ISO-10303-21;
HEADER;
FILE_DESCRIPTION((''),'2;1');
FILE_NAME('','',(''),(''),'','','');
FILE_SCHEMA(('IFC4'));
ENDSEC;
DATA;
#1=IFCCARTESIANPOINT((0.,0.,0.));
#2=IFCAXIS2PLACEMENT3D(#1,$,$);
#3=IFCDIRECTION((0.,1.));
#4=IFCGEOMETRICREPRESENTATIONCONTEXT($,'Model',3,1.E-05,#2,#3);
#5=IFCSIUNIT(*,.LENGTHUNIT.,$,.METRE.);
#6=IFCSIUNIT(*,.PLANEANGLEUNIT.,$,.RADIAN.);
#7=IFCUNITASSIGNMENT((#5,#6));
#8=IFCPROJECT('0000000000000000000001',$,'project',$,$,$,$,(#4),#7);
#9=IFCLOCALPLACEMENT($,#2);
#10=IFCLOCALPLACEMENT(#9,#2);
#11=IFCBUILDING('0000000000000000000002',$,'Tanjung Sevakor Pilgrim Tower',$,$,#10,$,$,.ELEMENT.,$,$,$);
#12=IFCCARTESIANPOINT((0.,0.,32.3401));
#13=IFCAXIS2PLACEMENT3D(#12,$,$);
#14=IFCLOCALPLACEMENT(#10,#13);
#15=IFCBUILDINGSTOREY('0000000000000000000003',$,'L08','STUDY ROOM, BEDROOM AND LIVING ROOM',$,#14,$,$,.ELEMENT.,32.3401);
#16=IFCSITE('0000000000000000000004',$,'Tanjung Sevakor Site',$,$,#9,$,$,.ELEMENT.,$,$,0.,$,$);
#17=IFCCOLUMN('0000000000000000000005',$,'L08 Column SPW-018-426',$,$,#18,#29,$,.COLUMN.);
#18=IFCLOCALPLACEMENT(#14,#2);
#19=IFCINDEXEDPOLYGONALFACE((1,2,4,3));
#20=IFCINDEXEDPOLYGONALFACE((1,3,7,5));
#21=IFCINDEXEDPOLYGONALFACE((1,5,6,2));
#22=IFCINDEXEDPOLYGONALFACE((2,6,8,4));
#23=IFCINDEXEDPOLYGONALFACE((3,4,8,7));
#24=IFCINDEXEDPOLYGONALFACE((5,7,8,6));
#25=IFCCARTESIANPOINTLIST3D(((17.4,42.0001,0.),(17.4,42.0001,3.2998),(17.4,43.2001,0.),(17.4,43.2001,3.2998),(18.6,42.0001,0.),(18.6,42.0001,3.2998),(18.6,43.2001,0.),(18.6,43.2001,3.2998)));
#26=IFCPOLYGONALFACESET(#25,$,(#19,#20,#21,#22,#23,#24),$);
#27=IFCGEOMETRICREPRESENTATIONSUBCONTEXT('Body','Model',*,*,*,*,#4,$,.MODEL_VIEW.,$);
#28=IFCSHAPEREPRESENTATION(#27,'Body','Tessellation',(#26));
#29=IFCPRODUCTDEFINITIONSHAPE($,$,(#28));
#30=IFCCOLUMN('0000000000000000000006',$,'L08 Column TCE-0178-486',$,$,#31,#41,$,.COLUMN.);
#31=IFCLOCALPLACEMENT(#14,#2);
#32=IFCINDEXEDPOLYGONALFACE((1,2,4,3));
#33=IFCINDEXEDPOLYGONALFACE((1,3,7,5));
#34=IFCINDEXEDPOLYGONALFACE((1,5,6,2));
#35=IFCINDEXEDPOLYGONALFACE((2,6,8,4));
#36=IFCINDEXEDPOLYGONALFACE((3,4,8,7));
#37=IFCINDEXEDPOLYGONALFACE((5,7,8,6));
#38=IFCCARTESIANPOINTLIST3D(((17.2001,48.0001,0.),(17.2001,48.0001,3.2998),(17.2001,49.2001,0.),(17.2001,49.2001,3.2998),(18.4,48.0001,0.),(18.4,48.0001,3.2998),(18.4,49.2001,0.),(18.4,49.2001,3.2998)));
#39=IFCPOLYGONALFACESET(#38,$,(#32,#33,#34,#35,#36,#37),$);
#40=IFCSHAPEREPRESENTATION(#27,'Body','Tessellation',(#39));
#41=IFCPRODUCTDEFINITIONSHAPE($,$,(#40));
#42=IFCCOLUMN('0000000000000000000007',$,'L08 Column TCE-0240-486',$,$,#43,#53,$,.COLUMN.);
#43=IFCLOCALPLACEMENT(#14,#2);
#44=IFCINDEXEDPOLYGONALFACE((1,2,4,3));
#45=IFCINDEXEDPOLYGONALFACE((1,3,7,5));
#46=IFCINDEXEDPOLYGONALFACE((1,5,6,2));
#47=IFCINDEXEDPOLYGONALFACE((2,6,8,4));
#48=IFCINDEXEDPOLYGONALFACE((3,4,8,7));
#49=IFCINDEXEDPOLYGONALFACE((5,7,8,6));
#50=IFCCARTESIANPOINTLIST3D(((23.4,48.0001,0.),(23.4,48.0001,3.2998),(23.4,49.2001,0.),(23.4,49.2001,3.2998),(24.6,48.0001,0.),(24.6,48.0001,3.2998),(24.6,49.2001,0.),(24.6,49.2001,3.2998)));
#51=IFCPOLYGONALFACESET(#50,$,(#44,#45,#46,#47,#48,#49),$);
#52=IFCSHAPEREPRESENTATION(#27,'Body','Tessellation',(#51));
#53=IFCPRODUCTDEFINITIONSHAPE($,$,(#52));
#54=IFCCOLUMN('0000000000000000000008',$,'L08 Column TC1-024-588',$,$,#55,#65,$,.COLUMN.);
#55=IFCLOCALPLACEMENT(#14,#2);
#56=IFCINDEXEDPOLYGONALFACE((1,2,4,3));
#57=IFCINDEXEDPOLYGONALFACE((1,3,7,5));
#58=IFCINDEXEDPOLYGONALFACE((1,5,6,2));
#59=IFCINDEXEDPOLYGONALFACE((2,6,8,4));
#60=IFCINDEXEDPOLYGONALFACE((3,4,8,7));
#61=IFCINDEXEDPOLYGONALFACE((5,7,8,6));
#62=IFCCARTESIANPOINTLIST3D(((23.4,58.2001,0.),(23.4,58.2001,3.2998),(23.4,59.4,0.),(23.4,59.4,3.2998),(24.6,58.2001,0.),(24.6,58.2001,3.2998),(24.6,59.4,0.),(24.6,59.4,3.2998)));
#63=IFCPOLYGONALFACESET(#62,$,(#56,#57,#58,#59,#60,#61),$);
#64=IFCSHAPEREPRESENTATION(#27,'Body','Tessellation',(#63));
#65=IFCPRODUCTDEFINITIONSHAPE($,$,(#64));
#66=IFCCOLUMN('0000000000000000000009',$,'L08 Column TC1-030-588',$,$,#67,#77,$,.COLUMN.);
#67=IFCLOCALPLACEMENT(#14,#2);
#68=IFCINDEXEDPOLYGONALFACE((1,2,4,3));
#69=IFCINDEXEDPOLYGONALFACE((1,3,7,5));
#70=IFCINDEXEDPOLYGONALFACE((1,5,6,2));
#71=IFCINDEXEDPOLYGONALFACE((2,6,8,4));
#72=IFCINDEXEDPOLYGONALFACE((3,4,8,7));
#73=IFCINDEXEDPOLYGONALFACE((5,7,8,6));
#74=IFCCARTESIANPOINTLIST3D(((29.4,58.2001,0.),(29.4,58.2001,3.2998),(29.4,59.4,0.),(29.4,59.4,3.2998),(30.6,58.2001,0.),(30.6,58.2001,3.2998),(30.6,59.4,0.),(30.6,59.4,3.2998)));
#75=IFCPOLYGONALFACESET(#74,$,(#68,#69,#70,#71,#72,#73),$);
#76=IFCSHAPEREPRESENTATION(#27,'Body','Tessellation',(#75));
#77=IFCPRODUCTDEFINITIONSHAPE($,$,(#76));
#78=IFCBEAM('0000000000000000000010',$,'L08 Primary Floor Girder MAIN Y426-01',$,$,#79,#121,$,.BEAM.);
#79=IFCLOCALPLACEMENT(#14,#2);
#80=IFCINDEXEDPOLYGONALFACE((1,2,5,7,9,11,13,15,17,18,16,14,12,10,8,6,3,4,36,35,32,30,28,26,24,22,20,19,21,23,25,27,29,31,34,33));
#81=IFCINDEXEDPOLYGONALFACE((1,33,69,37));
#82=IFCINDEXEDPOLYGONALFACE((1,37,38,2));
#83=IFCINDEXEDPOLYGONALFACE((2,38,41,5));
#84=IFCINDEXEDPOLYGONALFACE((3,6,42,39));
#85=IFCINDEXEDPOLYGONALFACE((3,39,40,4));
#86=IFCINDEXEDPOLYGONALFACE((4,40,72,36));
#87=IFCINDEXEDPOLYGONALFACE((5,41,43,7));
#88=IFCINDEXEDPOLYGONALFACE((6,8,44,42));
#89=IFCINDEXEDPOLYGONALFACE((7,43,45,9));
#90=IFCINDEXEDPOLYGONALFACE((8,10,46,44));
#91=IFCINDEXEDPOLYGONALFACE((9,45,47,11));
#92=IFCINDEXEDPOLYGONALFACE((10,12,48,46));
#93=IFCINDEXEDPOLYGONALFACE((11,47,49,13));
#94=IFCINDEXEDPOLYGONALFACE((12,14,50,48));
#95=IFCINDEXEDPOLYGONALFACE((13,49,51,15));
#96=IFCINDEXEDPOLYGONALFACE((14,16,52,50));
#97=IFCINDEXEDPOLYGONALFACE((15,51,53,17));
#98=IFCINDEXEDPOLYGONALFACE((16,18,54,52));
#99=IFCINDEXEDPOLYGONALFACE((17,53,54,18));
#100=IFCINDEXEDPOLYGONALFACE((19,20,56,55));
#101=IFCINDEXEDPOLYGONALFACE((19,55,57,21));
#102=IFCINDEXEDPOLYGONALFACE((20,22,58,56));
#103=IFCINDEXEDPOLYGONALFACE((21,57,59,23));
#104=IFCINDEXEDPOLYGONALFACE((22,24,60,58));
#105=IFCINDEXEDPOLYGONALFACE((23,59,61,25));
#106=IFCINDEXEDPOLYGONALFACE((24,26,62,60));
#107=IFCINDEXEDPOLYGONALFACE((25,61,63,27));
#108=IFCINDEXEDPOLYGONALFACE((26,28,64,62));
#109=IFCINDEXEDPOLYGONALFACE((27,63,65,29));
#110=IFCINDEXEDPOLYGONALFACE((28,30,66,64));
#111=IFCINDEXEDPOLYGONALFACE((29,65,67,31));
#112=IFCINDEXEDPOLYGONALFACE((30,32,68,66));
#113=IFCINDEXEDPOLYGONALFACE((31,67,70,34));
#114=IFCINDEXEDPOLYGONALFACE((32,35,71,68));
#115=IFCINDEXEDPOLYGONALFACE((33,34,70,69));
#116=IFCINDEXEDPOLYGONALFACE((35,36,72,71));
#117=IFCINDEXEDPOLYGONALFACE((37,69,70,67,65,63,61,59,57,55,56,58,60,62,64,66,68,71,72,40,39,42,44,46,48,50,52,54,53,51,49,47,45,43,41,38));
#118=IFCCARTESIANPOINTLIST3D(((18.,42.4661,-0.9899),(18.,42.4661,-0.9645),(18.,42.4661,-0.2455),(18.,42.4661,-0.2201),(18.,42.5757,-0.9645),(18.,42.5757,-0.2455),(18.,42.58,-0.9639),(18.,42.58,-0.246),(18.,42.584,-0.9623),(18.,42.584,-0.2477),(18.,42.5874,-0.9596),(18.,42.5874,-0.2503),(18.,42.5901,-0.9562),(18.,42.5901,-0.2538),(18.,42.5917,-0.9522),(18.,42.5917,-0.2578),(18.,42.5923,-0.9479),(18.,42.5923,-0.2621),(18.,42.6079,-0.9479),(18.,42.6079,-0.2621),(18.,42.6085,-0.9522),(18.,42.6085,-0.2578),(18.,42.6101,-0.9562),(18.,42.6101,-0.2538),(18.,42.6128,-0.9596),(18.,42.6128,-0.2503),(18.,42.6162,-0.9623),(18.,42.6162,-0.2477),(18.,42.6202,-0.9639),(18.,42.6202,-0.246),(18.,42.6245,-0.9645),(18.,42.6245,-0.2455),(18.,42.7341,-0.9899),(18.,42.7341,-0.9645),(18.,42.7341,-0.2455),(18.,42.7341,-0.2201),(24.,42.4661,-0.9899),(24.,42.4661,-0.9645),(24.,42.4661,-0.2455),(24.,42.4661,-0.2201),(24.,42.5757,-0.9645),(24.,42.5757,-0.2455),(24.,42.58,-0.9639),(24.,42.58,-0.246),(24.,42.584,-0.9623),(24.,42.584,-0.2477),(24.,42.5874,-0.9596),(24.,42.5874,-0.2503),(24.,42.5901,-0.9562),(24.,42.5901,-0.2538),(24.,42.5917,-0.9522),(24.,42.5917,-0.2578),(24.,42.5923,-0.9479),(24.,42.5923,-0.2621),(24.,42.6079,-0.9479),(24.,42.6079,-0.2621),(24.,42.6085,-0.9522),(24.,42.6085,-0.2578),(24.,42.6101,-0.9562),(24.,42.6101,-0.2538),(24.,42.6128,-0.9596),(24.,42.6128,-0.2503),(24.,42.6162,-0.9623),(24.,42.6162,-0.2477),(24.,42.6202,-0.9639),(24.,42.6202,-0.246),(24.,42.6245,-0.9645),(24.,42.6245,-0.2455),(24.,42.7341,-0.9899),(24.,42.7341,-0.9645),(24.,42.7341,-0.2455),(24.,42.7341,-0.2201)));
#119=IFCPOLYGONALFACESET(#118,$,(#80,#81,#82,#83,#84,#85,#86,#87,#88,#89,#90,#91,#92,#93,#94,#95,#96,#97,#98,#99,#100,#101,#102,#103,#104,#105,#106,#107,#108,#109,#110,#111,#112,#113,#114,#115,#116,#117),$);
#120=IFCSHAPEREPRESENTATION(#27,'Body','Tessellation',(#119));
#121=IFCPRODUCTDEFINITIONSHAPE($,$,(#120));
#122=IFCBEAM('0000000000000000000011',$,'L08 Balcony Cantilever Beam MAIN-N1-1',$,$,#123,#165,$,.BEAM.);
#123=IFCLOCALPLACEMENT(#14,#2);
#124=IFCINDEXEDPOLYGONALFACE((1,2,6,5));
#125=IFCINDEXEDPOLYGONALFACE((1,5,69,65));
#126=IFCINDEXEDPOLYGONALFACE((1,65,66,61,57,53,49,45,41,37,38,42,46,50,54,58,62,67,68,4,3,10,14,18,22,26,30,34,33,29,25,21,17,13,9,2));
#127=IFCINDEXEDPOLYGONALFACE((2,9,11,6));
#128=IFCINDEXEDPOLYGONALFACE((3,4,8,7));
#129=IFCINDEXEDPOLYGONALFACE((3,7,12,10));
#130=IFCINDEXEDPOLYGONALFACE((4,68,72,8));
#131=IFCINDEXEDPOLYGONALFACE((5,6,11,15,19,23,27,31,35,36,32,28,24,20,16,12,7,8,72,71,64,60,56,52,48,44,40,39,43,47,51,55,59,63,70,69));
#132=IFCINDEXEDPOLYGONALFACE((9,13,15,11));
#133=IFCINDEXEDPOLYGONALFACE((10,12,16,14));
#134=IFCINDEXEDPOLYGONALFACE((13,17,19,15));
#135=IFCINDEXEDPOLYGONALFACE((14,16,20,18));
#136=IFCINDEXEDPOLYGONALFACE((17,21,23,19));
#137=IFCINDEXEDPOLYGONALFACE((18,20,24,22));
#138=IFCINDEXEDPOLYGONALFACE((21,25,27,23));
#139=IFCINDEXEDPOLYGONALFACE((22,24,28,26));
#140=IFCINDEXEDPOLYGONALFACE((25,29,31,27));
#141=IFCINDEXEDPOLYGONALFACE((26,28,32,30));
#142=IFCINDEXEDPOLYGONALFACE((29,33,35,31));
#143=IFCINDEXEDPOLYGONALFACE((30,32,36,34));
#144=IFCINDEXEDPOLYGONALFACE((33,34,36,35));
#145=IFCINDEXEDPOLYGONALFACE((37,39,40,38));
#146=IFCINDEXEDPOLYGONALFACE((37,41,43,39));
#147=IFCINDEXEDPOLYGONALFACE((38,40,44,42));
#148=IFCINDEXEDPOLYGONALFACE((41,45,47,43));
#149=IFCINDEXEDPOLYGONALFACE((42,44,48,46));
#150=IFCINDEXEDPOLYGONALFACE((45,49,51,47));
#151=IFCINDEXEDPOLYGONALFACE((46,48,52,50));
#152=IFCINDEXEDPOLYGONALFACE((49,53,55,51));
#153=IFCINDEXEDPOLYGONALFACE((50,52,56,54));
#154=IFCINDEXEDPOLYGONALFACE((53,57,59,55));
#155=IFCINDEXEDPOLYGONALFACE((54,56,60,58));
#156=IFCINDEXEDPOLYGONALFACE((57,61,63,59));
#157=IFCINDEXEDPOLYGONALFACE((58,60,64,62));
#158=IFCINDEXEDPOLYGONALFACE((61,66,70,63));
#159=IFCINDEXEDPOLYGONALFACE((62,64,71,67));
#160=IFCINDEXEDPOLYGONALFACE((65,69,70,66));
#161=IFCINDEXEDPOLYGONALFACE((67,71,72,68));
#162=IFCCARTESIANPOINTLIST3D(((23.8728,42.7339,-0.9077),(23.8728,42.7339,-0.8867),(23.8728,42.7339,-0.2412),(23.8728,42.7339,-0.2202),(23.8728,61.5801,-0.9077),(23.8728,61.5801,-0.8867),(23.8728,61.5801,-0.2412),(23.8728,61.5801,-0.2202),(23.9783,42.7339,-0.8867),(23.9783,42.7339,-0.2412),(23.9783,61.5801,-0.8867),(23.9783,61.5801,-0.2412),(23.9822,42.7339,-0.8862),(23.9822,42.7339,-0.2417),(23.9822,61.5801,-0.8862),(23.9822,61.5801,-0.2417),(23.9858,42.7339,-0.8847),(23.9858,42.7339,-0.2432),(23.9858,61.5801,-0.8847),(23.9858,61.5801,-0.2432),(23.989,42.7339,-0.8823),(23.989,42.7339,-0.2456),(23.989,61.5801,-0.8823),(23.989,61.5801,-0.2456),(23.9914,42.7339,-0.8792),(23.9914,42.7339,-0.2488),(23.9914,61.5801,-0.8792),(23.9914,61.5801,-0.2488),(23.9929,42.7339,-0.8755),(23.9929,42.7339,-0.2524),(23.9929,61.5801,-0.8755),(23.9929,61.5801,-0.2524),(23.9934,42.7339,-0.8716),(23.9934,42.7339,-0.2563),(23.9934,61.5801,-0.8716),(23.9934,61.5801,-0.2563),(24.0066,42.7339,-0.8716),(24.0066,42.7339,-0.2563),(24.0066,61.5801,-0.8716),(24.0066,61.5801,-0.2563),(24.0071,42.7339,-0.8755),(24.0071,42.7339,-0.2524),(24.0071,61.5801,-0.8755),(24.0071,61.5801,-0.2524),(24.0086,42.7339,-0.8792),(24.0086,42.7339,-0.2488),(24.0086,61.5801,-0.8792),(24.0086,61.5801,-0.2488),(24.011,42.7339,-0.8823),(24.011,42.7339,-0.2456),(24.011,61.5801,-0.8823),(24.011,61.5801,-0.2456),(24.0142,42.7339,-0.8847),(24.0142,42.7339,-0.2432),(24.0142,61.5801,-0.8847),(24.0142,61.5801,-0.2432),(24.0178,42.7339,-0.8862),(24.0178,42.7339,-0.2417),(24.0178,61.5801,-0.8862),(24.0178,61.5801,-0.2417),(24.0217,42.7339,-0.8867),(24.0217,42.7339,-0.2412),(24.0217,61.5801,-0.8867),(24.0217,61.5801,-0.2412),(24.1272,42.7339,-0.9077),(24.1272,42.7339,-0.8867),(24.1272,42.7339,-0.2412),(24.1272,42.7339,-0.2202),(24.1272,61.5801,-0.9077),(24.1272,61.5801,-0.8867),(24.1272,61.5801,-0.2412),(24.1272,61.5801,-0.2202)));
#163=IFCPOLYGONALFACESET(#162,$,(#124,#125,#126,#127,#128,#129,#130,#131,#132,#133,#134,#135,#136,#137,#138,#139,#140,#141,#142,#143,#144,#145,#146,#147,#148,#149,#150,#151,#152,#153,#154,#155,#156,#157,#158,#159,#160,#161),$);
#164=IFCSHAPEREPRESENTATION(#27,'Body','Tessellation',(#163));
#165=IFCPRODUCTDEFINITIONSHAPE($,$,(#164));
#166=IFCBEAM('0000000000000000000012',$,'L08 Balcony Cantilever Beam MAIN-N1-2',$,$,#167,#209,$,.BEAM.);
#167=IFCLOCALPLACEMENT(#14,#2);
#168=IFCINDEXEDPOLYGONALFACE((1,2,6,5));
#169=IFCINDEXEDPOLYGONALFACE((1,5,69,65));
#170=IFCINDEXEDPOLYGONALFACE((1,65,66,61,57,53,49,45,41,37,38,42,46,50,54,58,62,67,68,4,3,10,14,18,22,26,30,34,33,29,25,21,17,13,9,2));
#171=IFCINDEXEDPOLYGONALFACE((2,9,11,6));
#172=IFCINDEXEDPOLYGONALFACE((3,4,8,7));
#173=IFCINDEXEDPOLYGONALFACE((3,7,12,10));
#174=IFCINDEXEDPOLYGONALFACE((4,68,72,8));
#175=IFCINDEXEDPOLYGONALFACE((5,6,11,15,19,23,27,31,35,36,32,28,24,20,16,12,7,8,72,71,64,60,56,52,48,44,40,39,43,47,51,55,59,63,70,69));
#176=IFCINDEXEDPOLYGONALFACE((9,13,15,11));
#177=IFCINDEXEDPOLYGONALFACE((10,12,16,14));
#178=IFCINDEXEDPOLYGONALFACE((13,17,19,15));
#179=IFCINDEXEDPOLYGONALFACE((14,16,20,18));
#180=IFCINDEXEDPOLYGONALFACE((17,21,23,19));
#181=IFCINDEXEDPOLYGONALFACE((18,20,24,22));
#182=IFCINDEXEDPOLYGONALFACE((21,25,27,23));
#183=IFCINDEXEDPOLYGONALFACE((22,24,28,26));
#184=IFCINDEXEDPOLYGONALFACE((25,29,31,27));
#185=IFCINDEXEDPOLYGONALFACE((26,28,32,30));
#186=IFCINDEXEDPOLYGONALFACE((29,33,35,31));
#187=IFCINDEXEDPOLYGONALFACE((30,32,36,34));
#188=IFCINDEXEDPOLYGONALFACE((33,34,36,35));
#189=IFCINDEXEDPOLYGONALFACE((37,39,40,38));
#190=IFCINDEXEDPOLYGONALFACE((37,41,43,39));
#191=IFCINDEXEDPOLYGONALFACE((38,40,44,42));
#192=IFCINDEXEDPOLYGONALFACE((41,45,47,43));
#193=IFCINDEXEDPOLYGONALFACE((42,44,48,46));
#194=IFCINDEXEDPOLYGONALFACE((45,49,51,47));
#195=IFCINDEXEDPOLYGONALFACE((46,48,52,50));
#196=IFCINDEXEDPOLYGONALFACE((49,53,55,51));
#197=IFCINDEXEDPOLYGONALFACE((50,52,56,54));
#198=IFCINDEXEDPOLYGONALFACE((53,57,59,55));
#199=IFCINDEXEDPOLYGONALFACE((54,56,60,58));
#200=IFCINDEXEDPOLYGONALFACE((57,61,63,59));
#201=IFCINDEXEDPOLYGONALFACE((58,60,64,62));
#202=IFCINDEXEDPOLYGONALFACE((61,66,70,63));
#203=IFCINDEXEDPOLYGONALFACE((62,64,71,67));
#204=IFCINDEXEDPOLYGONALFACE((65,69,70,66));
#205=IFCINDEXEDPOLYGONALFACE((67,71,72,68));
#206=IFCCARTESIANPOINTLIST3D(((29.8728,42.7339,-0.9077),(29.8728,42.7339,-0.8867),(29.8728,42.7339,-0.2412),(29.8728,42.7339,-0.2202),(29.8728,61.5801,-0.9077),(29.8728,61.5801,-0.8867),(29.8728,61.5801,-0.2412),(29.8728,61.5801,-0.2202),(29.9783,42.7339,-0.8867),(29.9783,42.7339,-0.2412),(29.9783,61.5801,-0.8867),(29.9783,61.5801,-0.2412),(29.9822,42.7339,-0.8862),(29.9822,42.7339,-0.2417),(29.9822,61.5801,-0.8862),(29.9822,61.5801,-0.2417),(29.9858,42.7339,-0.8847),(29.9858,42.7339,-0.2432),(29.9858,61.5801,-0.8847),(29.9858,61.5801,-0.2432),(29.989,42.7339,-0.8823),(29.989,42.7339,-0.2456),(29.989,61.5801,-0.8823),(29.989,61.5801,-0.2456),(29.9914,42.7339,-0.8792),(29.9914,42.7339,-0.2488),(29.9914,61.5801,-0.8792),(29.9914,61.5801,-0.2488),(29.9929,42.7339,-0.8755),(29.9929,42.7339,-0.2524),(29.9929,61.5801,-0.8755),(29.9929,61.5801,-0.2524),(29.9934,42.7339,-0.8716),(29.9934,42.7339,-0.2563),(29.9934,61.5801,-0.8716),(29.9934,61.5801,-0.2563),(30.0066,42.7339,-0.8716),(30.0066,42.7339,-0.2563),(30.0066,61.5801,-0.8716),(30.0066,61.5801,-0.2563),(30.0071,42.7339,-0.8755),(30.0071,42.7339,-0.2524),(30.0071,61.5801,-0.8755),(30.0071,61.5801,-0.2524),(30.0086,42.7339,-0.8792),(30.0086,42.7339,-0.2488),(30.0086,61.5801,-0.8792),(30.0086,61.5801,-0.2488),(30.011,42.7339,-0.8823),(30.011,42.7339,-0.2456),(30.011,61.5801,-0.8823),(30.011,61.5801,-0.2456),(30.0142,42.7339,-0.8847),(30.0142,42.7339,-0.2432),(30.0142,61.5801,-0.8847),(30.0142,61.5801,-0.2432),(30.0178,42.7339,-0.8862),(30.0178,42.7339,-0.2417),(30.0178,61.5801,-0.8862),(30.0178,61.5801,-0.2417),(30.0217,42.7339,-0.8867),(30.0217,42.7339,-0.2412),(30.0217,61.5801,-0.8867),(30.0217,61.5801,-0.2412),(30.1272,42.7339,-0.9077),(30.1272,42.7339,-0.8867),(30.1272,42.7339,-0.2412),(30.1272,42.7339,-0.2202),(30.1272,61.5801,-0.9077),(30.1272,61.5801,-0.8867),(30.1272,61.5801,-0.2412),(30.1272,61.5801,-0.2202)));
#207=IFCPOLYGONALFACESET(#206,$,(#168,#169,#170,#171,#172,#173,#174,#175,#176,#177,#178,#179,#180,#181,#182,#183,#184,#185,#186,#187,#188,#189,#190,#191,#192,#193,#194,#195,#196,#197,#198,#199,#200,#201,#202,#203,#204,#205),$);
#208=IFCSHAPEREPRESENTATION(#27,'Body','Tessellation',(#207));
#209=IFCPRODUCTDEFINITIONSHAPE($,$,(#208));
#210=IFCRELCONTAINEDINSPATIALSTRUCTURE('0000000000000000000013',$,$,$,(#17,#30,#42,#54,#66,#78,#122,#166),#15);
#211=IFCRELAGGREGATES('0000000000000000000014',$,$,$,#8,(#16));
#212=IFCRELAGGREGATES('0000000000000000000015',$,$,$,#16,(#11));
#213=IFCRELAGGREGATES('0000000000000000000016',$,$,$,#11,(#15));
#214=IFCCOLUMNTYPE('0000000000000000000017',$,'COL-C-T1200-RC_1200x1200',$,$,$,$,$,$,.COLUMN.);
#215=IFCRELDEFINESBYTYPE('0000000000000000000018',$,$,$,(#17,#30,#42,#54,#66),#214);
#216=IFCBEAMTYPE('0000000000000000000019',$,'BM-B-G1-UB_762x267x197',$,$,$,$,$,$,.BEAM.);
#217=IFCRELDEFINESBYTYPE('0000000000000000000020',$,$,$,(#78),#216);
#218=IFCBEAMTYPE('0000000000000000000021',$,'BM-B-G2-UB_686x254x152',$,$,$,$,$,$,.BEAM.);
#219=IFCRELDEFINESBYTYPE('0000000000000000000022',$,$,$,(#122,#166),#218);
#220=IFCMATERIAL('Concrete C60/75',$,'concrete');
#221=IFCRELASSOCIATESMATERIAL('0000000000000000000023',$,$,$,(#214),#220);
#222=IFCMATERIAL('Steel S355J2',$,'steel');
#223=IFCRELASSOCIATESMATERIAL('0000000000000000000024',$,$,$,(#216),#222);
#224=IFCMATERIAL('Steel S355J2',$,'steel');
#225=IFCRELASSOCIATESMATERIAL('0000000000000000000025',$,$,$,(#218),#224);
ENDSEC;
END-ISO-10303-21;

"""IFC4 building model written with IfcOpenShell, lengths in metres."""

from ifc_helpers import new_model, si_unit, direction, frame, origin, origin_2d, place, context, subcontext, project, spatial, rectangle, i_section, extrude, material, material_profile, profile_set, type_object, element, save


model = new_model("IFC4")

# Units and contexts
model_context = context("Model", 3, precision=1e-05, world=origin(), true_north=direction((0.0, 1.0)))
body_context = subcontext(model_context, "Body", "Model", "MODEL_VIEW")
ifc_project = project(units=[si_unit("LENGTHUNIT", "METRE"), si_unit("PLANEANGLEUNIT", "RADIAN")], contexts=[model_context])

# Site, building, storey
site_placement = place(None, origin())
site = spatial("IfcSite", under=ifc_project, at=site_placement, Name="Tanjung Sevakor Site", CompositionType="ELEMENT", RefElevation=0.0)
building_placement = place(site_placement, origin())
building = spatial("IfcBuilding", under=site, at=building_placement, Name="Tanjung Sevakor Pilgrim Tower", CompositionType="ELEMENT")
storey_placement = place(building_placement, frame((0.0, 0.0, 32.3401)))
storey = spatial("IfcBuildingStorey", under=building, at=storey_placement, Name="L08", Description="STUDY ROOM, BEDROOM AND LIVING ROOM", CompositionType="ELEMENT", Elevation=32.3401)

# Columns
ifc_material_1 = material(Name="Concrete C60/75", Category="concrete")
ifc_material_profile_1 = material_profile(ifc_material_1, rectangle(XDim=1.2, YDim=1.2, at=origin_2d()))
ifc_profile_set_1 = profile_set([ifc_material_profile_1], Name="Concrete C60/75")
column_type = type_object("IfcColumnType", Name="COL-C-T1200-RC_1200x1200", PredefinedType="COLUMN", material=ifc_profile_set_1)
for number, where, z_axis, x_axis, name in (
    (1, (18.0, 42.6001, 0.0), (0.0, 0.0, 1.0), (1.0, 0.0, 0.0), "L08 Column SPW-018-426"),
    (2, (17.8, 48.6001, 0.0), (0.0, 0.0, 1.0), (1.0, 0.0, 0.0), "L08 Column TCE-0178-486"),
    (3, (24.0, 48.6001, 0.0), (0.0, 0.0, 1.0), (1.0, 0.0, 0.0), "L08 Column TCE-0240-486"),
    (4, (24.0, 58.8, 0.0), (0.0, 0.0, 1.0), (1.0, 0.0, 0.0), "L08 Column TC1-024-588"),
    (5, (30.0, 58.8, 0.0), (0.0, 0.0, 1.0), (1.0, 0.0, 0.0), "L08 Column TC1-030-588"),
):
    element("IfcColumn", number, at=place(storey_placement, frame(where, z_axis=z_axis, x_axis=x_axis)), inside=storey, type_object=column_type, Name=name, PredefinedType="COLUMN", context=body_context, shape_type="SweptSolid", body=[
        extrude(rectangle(XDim=1.2, YDim=1.2, at=origin_2d()), origin(), (0.0, 0.0, 1.0), 3.2998),
    ])

# Beams
ifc_material_2 = material(Name="Steel S355J2", Category="steel")
ifc_material_profile_2 = material_profile(ifc_material_2, i_section(OverallWidth=0.2681, OverallDepth=0.7698, WebThickness=0.0156, FlangeThickness=0.0254, FilletRadius=0.0166, at=origin_2d()))
ifc_profile_set_2 = profile_set([ifc_material_profile_2], Name="Steel S355J2")
beam_type_1 = type_object("IfcBeamType", Name="BM-B-G1-UB_762x267x197", PredefinedType="BEAM", material=ifc_profile_set_2)
beam_1_placement = place(storey_placement, frame((18.0, 42.6001, -0.605), z_axis=(1.0, 0.0, 0.0), x_axis=(0.0, 1.0, 0.0)))
element("IfcBeam", 6, at=beam_1_placement, inside=storey, type_object=beam_type_1, Name="L08 Primary Floor Girder MAIN Y426-01", PredefinedType="BEAM", context=body_context, shape_type="SweptSolid", body=[
    extrude(i_section(OverallWidth=0.2681, OverallDepth=0.7698, WebThickness=0.0156, FlangeThickness=0.0254, FilletRadius=0.0166, at=origin_2d()), origin(), (0.0, 0.0, 1.0), 6.0),
])
ifc_material_3 = material(Name="Steel S355J2", Category="steel")
ifc_material_profile_3 = material_profile(ifc_material_3, i_section(OverallWidth=0.2544, OverallDepth=0.6875, WebThickness=0.0132, FlangeThickness=0.021, FilletRadius=0.0151, at=origin_2d()))
ifc_profile_set_3 = profile_set([ifc_material_profile_3], Name="Steel S355J2")
beam_type_2 = type_object("IfcBeamType", Name="BM-B-G2-UB_686x254x152", PredefinedType="BEAM", material=ifc_profile_set_3)
for number, where, z_axis, x_axis, name in (
    (7, (24.0, 42.7339, -0.564), (0.0, 1.0, 0.0), (-1.0, 0.0, 0.0), "L08 Balcony Cantilever Beam MAIN-N1-1"),
    (8, (30.0, 42.7339, -0.564), (0.0, 1.0, 0.0), (-1.0, 0.0, 0.0), "L08 Balcony Cantilever Beam MAIN-N1-2"),
):
    element("IfcBeam", number, at=place(storey_placement, frame(where, z_axis=z_axis, x_axis=x_axis)), inside=storey, type_object=beam_type_2, Name=name, PredefinedType="BEAM", context=body_context, shape_type="SweptSolid", body=[
        extrude(i_section(OverallWidth=0.2544, OverallDepth=0.6875, WebThickness=0.0132, FlangeThickness=0.021, FilletRadius=0.0151, at=origin_2d()), origin(), (0.0, 0.0, 1.0), 18.8462),
    ])

save(model, "model.ifc")
